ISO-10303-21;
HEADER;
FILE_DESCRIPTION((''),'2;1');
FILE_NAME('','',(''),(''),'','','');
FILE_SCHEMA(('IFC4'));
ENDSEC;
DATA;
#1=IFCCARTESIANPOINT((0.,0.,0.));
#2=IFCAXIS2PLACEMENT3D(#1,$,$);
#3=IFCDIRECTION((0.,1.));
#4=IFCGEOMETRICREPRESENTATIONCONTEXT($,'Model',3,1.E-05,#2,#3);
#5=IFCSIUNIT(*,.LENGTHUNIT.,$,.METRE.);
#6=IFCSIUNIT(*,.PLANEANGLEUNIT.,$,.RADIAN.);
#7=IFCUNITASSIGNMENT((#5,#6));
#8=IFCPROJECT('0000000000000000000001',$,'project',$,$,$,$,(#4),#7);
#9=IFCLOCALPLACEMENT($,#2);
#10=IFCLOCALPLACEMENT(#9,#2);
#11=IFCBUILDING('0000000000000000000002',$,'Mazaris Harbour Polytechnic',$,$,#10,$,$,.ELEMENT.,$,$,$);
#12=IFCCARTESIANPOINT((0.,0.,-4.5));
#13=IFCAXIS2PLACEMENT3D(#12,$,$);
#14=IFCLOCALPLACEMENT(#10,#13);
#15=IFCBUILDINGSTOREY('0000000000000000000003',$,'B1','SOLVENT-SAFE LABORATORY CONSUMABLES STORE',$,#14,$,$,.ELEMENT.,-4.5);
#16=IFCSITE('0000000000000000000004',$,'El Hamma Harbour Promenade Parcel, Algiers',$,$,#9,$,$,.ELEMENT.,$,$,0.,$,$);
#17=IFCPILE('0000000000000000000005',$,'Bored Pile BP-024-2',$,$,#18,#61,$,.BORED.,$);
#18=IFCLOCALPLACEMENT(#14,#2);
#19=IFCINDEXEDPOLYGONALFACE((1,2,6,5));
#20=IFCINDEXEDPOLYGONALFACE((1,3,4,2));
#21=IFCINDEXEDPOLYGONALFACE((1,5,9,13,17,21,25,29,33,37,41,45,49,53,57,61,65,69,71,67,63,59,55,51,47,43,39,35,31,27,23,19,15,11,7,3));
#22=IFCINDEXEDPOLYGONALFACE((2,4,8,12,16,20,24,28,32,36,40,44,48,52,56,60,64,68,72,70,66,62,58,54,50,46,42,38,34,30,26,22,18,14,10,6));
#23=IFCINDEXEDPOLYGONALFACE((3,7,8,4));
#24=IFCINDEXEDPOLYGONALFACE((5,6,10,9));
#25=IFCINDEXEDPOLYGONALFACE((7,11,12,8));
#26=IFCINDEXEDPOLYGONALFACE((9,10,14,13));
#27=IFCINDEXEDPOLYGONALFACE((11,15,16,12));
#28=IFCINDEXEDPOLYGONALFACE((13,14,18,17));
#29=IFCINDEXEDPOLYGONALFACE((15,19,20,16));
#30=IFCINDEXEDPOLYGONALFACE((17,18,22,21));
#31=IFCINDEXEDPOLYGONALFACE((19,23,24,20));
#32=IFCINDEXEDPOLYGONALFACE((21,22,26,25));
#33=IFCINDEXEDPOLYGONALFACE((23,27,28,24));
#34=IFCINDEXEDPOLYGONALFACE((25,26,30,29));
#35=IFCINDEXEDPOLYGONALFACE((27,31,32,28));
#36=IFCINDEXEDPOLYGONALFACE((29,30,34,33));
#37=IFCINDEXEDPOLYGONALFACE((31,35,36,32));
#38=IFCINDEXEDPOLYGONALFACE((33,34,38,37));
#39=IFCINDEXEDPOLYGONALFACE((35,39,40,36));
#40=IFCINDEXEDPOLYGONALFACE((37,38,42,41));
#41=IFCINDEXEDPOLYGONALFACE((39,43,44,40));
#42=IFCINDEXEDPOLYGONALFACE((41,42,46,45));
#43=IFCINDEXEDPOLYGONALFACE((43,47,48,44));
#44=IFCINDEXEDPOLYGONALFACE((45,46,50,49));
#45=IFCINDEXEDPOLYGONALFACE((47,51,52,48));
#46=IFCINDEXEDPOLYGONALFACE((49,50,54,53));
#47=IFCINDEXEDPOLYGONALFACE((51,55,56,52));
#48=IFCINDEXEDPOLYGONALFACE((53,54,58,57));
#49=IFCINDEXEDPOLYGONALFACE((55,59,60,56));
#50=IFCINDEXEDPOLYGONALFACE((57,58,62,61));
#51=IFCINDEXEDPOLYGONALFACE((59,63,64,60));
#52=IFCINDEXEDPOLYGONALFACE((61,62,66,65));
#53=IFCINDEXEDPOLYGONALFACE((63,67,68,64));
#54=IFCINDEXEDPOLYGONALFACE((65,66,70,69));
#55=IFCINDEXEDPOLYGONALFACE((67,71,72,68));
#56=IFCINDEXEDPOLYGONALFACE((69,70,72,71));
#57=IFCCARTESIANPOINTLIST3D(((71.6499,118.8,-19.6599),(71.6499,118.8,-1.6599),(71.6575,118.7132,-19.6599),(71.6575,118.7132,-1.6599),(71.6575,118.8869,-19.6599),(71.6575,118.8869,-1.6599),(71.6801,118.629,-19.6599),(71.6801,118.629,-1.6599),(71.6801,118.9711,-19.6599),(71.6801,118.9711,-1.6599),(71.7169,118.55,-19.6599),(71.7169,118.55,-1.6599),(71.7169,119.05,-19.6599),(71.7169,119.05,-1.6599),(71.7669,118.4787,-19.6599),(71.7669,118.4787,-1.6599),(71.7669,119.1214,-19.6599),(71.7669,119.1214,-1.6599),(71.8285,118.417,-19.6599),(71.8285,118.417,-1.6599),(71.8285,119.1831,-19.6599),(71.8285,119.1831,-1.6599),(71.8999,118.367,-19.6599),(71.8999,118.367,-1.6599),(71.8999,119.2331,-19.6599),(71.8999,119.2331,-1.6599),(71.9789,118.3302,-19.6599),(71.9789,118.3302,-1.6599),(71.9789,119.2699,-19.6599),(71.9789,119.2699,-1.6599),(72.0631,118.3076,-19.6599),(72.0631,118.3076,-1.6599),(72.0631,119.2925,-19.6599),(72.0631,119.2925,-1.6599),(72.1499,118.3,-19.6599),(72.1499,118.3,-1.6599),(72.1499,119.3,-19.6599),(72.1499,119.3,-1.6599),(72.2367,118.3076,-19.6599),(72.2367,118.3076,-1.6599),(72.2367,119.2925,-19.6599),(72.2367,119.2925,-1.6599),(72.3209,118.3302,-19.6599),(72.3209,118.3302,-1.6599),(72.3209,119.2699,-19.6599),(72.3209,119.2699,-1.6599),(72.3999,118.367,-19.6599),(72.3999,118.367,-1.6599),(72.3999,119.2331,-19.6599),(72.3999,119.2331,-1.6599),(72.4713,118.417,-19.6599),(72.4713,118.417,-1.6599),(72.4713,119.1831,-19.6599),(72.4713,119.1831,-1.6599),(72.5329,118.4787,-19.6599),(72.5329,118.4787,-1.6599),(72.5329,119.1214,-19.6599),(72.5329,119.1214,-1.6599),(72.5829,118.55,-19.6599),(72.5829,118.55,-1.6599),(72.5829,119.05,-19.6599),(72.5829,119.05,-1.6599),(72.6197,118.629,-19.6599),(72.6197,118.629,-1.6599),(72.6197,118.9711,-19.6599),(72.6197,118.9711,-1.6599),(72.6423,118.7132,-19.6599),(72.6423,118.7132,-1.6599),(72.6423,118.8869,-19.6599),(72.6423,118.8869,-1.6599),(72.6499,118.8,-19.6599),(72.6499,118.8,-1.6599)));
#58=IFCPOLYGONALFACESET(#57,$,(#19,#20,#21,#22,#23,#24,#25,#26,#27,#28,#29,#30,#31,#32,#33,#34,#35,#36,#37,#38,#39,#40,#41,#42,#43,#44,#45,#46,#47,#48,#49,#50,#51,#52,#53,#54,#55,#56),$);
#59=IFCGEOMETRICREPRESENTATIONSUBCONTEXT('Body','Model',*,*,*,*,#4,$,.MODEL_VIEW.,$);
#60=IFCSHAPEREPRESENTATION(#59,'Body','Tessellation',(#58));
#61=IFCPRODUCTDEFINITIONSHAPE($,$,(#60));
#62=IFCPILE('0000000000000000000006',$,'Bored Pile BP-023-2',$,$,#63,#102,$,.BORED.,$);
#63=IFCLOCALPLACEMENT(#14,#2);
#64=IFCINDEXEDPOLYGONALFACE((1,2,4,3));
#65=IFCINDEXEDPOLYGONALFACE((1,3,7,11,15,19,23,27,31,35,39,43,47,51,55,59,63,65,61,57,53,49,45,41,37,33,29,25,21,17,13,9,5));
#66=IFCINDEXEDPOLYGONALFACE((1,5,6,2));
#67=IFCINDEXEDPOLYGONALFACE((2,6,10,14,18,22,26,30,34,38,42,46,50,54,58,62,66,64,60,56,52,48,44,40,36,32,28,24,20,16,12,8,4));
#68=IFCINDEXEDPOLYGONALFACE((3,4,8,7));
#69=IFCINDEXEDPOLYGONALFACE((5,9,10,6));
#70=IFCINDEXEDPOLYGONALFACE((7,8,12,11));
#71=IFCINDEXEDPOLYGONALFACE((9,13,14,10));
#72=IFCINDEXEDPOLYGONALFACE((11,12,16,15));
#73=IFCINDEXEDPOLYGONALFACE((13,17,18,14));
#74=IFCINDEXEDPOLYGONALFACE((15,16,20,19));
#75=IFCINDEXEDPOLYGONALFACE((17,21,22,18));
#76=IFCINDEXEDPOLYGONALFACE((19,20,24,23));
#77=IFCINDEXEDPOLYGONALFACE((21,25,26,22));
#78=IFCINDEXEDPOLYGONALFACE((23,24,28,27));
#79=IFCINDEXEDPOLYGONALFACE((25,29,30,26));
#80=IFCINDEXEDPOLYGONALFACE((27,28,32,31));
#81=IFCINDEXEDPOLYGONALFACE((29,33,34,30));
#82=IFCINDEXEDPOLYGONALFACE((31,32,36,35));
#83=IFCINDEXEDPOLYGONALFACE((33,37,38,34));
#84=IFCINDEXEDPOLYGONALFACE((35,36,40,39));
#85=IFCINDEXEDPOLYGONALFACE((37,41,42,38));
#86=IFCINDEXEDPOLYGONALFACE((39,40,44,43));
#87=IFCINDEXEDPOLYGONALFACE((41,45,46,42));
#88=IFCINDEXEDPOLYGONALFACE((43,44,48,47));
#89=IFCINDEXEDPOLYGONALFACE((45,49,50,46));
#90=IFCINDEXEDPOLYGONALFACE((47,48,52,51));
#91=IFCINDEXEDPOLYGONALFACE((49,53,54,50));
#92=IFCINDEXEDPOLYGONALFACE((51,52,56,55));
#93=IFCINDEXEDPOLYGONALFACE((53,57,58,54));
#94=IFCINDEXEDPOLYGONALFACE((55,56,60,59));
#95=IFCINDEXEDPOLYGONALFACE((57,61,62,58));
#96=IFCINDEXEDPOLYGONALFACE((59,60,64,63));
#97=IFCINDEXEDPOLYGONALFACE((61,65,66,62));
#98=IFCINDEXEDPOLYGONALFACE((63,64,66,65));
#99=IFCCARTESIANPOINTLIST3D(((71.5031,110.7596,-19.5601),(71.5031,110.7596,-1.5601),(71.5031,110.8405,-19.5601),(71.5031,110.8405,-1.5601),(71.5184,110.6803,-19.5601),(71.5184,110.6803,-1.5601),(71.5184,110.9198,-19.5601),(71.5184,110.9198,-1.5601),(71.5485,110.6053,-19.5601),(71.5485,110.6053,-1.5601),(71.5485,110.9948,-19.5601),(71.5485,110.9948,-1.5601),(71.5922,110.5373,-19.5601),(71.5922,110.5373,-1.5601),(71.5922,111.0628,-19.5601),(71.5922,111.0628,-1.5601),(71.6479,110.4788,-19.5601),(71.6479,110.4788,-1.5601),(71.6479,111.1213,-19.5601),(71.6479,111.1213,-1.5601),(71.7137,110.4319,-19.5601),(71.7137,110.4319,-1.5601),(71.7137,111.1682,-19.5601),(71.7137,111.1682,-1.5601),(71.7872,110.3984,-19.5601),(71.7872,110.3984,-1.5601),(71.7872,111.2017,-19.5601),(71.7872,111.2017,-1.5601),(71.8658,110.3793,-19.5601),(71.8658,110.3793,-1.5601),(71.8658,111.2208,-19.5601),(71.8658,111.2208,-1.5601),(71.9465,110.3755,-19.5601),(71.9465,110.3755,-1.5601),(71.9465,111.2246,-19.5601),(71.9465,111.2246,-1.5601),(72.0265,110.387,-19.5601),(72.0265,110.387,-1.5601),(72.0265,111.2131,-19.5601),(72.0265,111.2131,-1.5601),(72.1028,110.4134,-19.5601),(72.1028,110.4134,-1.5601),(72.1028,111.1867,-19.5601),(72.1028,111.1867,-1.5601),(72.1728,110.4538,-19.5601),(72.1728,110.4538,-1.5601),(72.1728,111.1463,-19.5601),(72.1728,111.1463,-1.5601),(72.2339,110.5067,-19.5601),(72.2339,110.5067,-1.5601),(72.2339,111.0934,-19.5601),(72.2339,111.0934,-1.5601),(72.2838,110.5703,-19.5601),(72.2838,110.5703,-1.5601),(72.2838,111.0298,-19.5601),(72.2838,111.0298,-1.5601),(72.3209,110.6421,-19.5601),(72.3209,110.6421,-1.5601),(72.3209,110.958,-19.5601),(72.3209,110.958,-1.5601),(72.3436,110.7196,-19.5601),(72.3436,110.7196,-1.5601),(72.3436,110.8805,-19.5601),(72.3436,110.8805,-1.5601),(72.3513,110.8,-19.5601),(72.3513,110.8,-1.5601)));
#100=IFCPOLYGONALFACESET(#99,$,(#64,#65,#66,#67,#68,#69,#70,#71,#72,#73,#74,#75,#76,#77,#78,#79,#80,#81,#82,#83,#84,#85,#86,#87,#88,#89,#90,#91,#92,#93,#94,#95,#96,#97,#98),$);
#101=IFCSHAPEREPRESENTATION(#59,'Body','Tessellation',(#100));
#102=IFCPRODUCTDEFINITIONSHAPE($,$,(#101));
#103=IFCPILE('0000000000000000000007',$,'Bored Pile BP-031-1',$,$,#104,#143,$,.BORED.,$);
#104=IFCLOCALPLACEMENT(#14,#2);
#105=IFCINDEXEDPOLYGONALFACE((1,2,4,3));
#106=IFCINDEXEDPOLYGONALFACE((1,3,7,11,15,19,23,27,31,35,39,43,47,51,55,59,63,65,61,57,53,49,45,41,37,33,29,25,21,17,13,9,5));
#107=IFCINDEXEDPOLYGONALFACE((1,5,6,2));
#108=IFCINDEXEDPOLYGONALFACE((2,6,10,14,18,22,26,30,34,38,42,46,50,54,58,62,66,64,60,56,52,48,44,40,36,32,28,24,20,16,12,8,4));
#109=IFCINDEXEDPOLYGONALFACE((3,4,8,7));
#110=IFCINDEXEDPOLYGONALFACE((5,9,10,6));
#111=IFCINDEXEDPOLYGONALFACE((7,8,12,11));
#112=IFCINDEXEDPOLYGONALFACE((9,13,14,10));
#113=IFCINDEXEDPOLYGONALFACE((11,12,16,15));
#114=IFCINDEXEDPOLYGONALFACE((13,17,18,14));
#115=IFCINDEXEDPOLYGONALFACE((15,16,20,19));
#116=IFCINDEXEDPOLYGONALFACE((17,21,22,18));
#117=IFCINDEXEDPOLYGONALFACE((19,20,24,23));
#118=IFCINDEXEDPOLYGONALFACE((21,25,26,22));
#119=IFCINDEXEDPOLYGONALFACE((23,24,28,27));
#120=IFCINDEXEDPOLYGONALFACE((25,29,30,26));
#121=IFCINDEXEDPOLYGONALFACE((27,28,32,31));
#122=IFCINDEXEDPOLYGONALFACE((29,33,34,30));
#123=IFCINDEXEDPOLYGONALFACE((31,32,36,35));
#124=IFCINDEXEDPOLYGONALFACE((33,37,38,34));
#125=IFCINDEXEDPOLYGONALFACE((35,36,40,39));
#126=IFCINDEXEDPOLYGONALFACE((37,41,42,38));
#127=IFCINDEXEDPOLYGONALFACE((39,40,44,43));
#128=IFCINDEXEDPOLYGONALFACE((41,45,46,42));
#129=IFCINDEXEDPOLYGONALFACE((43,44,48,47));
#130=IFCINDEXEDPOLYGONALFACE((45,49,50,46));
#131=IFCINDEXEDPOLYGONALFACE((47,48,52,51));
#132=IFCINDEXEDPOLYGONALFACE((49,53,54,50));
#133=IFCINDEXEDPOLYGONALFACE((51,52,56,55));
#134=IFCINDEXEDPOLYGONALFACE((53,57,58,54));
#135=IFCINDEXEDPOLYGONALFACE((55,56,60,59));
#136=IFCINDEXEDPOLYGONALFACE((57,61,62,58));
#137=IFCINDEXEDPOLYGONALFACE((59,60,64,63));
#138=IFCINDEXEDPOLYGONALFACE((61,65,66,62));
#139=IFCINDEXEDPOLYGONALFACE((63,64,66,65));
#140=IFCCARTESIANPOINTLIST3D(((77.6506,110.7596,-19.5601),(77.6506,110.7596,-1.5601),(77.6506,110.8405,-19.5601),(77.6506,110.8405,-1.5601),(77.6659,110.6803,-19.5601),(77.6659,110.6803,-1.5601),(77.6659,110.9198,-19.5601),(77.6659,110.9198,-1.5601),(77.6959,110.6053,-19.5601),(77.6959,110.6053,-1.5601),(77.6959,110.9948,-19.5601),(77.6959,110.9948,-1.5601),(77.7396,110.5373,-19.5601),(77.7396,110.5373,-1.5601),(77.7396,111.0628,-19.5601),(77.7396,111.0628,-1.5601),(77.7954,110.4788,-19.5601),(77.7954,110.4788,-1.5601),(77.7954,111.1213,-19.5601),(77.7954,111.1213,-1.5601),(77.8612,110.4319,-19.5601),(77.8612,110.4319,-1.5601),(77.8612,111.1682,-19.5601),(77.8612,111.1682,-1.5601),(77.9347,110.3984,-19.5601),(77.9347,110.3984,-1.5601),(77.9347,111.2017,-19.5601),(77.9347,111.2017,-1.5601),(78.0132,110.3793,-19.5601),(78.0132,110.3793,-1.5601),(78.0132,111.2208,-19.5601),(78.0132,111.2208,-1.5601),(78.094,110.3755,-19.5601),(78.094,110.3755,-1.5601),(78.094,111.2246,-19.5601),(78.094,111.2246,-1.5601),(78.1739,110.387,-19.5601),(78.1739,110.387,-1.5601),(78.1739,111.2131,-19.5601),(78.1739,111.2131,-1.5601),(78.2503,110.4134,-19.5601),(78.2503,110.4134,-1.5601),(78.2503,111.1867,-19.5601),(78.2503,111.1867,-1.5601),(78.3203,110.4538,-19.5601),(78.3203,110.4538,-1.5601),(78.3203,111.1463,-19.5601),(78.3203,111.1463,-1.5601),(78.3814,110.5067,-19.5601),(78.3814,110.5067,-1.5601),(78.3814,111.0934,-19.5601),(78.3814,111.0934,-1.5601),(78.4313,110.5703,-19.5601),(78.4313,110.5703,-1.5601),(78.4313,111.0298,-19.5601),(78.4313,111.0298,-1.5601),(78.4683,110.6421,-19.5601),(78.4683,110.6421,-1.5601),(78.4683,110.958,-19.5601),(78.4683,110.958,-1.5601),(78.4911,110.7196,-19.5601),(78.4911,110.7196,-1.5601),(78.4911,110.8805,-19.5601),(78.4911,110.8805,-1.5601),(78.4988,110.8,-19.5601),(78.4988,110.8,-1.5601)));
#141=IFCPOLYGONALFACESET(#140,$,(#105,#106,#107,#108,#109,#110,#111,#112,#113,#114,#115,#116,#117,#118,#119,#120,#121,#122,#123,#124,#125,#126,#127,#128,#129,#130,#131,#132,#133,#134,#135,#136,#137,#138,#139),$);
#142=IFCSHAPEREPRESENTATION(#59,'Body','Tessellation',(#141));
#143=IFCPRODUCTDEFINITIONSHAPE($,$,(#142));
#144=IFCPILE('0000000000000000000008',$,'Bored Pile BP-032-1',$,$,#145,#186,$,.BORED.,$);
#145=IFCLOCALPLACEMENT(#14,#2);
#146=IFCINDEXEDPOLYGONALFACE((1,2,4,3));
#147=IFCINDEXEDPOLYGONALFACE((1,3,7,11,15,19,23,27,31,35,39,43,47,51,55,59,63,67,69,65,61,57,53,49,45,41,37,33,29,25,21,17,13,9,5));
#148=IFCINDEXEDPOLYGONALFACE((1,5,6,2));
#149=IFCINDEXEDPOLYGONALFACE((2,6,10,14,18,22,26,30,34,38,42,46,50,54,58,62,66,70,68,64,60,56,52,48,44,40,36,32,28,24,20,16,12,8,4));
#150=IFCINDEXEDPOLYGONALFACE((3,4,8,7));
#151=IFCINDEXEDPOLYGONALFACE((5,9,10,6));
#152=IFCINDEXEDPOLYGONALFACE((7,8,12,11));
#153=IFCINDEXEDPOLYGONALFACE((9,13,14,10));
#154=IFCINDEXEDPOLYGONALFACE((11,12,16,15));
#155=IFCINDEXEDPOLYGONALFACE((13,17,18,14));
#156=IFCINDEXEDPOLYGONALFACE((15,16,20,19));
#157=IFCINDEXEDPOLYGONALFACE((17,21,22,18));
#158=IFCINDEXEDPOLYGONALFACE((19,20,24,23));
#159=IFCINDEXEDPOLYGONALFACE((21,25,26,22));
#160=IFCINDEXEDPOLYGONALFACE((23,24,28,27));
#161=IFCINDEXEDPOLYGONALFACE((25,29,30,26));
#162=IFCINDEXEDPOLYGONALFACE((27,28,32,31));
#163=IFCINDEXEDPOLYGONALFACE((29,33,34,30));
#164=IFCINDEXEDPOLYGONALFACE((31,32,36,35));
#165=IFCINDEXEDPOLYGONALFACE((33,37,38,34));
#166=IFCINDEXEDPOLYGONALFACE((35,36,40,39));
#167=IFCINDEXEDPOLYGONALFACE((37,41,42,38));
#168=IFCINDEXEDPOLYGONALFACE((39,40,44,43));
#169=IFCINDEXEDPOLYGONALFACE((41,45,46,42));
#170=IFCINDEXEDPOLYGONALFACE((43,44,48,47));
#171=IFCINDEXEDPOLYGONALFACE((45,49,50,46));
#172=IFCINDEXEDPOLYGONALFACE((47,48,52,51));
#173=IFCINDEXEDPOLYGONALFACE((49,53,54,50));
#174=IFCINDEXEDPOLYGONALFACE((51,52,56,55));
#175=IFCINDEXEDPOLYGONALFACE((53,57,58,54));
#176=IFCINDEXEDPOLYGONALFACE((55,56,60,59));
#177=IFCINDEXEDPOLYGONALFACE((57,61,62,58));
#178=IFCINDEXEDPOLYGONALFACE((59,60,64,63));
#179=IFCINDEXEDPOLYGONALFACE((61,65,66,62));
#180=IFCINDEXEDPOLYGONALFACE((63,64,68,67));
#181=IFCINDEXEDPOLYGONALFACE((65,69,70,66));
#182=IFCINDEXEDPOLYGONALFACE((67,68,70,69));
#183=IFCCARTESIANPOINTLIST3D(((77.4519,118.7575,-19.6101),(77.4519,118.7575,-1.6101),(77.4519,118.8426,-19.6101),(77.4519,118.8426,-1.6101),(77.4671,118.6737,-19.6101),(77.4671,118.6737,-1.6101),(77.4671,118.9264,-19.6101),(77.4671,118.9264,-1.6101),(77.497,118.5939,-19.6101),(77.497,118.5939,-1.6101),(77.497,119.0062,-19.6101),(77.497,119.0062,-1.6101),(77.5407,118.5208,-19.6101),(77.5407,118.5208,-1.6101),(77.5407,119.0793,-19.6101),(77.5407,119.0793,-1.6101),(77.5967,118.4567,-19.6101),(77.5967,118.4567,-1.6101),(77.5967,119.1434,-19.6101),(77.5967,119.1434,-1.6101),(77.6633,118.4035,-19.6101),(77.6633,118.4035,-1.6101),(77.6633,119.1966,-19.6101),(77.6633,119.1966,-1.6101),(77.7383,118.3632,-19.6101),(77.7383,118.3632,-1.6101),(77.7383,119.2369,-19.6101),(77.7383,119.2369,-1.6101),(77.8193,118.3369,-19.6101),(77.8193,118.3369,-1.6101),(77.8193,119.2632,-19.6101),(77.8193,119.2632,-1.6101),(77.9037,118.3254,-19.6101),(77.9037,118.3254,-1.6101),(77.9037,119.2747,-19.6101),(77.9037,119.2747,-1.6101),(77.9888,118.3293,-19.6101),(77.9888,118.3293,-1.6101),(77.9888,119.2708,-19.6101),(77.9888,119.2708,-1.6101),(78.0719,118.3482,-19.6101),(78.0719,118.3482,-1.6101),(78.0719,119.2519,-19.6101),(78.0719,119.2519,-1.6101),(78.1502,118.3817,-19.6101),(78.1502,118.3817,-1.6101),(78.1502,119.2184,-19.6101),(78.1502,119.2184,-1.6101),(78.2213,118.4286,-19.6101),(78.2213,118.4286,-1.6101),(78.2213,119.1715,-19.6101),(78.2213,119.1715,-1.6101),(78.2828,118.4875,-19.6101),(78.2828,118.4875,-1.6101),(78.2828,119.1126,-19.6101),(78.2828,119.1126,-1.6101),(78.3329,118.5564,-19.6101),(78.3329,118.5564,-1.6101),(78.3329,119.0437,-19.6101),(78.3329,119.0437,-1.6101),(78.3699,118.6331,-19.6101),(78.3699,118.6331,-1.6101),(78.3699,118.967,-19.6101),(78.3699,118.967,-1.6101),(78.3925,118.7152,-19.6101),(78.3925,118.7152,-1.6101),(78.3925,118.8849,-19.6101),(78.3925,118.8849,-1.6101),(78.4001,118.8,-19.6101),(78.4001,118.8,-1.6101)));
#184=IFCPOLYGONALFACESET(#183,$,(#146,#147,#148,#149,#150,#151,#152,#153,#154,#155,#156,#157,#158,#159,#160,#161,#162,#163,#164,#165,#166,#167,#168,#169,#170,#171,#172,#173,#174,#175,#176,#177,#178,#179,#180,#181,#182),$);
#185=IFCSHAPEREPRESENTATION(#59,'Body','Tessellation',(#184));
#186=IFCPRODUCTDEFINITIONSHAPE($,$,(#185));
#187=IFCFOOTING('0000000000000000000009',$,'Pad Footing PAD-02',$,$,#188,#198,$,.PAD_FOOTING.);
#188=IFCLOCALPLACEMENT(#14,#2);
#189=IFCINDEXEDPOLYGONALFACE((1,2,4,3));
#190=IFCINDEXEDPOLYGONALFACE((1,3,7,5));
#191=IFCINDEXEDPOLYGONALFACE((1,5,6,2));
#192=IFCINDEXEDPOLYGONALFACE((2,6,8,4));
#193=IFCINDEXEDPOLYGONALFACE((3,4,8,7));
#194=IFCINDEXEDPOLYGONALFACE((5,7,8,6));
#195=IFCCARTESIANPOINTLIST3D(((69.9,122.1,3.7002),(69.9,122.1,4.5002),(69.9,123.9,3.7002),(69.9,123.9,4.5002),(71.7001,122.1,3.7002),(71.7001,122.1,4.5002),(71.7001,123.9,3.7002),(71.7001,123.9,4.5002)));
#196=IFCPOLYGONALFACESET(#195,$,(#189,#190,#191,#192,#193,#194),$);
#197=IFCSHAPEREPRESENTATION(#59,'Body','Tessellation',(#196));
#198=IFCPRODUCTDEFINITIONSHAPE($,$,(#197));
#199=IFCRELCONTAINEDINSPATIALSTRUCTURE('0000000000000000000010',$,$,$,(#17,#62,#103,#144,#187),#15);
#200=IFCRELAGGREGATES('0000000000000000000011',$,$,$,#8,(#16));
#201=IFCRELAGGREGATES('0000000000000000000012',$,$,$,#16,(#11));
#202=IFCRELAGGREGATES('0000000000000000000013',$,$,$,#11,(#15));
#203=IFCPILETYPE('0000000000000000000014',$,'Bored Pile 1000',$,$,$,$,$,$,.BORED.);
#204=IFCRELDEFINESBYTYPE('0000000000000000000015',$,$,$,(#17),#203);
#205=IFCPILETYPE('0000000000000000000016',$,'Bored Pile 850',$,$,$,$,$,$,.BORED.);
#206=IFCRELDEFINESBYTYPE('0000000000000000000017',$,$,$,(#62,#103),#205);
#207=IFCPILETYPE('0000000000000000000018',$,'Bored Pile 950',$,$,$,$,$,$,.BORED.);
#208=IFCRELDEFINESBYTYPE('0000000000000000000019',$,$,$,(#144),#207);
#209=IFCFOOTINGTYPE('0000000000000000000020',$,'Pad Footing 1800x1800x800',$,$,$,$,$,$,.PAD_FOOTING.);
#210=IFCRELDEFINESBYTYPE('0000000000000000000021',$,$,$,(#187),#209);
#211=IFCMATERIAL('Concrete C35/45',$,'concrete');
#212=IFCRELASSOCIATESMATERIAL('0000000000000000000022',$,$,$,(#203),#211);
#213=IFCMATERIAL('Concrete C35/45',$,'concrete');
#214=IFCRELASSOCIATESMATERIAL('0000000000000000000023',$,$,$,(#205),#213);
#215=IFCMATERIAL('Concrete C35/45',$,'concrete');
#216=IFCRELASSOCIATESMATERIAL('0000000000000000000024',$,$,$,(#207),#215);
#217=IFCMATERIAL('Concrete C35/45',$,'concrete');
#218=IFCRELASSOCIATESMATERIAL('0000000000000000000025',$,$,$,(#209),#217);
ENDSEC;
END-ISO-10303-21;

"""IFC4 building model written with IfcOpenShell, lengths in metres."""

from ifc_helpers import new_model, si_unit, direction, frame, origin, origin_2d, place, context, subcontext, project, spatial, rectangle, circle, extrude, material, material_profile, profile_set, type_object, element, save


model = new_model("IFC4")

# Units and contexts
model_context = context("Model", 3, precision=1e-05, world=origin(), true_north=direction((0.0, 1.0)))
body_context = subcontext(model_context, "Body", "Model", "MODEL_VIEW")
ifc_project = project(units=[si_unit("LENGTHUNIT", "METRE"), si_unit("PLANEANGLEUNIT", "RADIAN")], contexts=[model_context])

# Site, building, storey
site_placement = place(None, origin())
site = spatial("IfcSite", under=ifc_project, at=site_placement, Name="El Hamma Harbour Promenade Parcel, Algiers", CompositionType="ELEMENT", RefElevation=0.0)
building_placement = place(site_placement, origin())
building = spatial("IfcBuilding", under=site, at=building_placement, Name="Mazaris Harbour Polytechnic", CompositionType="ELEMENT")
storey_placement = place(building_placement, frame((0.0, 0.0, -4.5)))
storey = spatial("IfcBuildingStorey", under=building, at=storey_placement, Name="B1", Description="SOLVENT-SAFE LABORATORY CONSUMABLES STORE", CompositionType="ELEMENT", Elevation=-4.5)

# Piles
ifc_material_1 = material(Name="Concrete C35/45", Category="concrete")
ifc_material_profile_1 = material_profile(ifc_material_1, circle(Radius=0.5, at=origin_2d()), Name="DIA1000")
ifc_profile_set_1 = profile_set([ifc_material_profile_1], Name="Concrete C35/45")
pile_type_1 = type_object("IfcPileType", Name="Bored Pile 1000", PredefinedType="BORED", material=ifc_profile_set_1)
pile_1_placement = place(storey_placement, frame((72.1499, 118.8, -1.6599), z_axis=(0.0, 0.0, -1.0), x_axis=(1.0, 0.0, 0.0)))
element("IfcPile", 1, at=pile_1_placement, inside=storey, type_object=pile_type_1, Name="Bored Pile BP-024-2", PredefinedType="BORED", context=body_context, shape_type="SweptSolid", body=[
    extrude(circle(Radius=0.5, at=origin_2d()), origin(), (0.0, 0.0, 1.0), 18.0),
])
ifc_material_2 = material(Name="Concrete C35/45", Category="concrete")
ifc_material_profile_2 = material_profile(ifc_material_2, circle(Radius=0.425, at=origin_2d()), Name="DIA850")
ifc_profile_set_2 = profile_set([ifc_material_profile_2], Name="Concrete C35/45")
pile_type_2 = type_object("IfcPileType", Name="Bored Pile 850", PredefinedType="BORED", material=ifc_profile_set_2)
for number, where, z_axis, x_axis, name in (
    (2, (71.9263, 110.8, -1.5601), (0.0, 0.0, -1.0), (1.0, 0.0, 0.0), "Bored Pile BP-023-2"),
    (3, (78.0737, 110.8, -1.5601), (0.0, 0.0, -1.0), (1.0, 0.0, 0.0), "Bored Pile BP-031-1"),
):
    element("IfcPile", number, at=place(storey_placement, frame(where, z_axis=z_axis, x_axis=x_axis)), inside=storey, type_object=pile_type_2, Name=name, PredefinedType="BORED", context=body_context, shape_type="SweptSolid", body=[
        extrude(circle(Radius=0.425, at=origin_2d()), origin(), (0.0, 0.0, 1.0), 18.0),
    ])
ifc_material_3 = material(Name="Concrete C35/45", Category="concrete")
ifc_material_profile_3 = material_profile(ifc_material_3, circle(Radius=0.4751, at=origin_2d()), Name="DIA950")
ifc_profile_set_3 = profile_set([ifc_material_profile_3], Name="Concrete C35/45")
pile_type_3 = type_object("IfcPileType", Name="Bored Pile 950", PredefinedType="BORED", material=ifc_profile_set_3)
pile_2_placement = place(storey_placement, frame((77.925, 118.8, -1.6101), z_axis=(0.0, 0.0, -1.0), x_axis=(1.0, 0.0, 0.0)))
element("IfcPile", 4, at=pile_2_placement, inside=storey, type_object=pile_type_3, Name="Bored Pile BP-032-1", PredefinedType="BORED", context=body_context, shape_type="SweptSolid", body=[
    extrude(circle(Radius=0.4751, at=origin_2d()), origin(), (0.0, 0.0, 1.0), 18.0),
])

# Footing
ifc_material_4 = material(Name="Concrete C35/45", Category="concrete")
footing_type_1 = type_object("IfcFootingType", Name="Pad Footing 1800x1800x800", PredefinedType="PAD_FOOTING", material=ifc_material_4)
footing_1_placement = place(storey_placement, frame((70.8, 123.0, 3.7002), z_axis=(0.0, 0.0, 1.0), x_axis=(1.0, 0.0, 0.0)))
element("IfcFooting", 5, at=footing_1_placement, inside=storey, type_object=footing_type_1, Name="Pad Footing PAD-02", PredefinedType="PAD_FOOTING", context=body_context, shape_type="SweptSolid", body=[
    extrude(rectangle(XDim=1.8, YDim=1.8, at=origin_2d()), origin(), (0.0, 0.0, 1.0), 0.8),
])

save(model, "model.ifc")
